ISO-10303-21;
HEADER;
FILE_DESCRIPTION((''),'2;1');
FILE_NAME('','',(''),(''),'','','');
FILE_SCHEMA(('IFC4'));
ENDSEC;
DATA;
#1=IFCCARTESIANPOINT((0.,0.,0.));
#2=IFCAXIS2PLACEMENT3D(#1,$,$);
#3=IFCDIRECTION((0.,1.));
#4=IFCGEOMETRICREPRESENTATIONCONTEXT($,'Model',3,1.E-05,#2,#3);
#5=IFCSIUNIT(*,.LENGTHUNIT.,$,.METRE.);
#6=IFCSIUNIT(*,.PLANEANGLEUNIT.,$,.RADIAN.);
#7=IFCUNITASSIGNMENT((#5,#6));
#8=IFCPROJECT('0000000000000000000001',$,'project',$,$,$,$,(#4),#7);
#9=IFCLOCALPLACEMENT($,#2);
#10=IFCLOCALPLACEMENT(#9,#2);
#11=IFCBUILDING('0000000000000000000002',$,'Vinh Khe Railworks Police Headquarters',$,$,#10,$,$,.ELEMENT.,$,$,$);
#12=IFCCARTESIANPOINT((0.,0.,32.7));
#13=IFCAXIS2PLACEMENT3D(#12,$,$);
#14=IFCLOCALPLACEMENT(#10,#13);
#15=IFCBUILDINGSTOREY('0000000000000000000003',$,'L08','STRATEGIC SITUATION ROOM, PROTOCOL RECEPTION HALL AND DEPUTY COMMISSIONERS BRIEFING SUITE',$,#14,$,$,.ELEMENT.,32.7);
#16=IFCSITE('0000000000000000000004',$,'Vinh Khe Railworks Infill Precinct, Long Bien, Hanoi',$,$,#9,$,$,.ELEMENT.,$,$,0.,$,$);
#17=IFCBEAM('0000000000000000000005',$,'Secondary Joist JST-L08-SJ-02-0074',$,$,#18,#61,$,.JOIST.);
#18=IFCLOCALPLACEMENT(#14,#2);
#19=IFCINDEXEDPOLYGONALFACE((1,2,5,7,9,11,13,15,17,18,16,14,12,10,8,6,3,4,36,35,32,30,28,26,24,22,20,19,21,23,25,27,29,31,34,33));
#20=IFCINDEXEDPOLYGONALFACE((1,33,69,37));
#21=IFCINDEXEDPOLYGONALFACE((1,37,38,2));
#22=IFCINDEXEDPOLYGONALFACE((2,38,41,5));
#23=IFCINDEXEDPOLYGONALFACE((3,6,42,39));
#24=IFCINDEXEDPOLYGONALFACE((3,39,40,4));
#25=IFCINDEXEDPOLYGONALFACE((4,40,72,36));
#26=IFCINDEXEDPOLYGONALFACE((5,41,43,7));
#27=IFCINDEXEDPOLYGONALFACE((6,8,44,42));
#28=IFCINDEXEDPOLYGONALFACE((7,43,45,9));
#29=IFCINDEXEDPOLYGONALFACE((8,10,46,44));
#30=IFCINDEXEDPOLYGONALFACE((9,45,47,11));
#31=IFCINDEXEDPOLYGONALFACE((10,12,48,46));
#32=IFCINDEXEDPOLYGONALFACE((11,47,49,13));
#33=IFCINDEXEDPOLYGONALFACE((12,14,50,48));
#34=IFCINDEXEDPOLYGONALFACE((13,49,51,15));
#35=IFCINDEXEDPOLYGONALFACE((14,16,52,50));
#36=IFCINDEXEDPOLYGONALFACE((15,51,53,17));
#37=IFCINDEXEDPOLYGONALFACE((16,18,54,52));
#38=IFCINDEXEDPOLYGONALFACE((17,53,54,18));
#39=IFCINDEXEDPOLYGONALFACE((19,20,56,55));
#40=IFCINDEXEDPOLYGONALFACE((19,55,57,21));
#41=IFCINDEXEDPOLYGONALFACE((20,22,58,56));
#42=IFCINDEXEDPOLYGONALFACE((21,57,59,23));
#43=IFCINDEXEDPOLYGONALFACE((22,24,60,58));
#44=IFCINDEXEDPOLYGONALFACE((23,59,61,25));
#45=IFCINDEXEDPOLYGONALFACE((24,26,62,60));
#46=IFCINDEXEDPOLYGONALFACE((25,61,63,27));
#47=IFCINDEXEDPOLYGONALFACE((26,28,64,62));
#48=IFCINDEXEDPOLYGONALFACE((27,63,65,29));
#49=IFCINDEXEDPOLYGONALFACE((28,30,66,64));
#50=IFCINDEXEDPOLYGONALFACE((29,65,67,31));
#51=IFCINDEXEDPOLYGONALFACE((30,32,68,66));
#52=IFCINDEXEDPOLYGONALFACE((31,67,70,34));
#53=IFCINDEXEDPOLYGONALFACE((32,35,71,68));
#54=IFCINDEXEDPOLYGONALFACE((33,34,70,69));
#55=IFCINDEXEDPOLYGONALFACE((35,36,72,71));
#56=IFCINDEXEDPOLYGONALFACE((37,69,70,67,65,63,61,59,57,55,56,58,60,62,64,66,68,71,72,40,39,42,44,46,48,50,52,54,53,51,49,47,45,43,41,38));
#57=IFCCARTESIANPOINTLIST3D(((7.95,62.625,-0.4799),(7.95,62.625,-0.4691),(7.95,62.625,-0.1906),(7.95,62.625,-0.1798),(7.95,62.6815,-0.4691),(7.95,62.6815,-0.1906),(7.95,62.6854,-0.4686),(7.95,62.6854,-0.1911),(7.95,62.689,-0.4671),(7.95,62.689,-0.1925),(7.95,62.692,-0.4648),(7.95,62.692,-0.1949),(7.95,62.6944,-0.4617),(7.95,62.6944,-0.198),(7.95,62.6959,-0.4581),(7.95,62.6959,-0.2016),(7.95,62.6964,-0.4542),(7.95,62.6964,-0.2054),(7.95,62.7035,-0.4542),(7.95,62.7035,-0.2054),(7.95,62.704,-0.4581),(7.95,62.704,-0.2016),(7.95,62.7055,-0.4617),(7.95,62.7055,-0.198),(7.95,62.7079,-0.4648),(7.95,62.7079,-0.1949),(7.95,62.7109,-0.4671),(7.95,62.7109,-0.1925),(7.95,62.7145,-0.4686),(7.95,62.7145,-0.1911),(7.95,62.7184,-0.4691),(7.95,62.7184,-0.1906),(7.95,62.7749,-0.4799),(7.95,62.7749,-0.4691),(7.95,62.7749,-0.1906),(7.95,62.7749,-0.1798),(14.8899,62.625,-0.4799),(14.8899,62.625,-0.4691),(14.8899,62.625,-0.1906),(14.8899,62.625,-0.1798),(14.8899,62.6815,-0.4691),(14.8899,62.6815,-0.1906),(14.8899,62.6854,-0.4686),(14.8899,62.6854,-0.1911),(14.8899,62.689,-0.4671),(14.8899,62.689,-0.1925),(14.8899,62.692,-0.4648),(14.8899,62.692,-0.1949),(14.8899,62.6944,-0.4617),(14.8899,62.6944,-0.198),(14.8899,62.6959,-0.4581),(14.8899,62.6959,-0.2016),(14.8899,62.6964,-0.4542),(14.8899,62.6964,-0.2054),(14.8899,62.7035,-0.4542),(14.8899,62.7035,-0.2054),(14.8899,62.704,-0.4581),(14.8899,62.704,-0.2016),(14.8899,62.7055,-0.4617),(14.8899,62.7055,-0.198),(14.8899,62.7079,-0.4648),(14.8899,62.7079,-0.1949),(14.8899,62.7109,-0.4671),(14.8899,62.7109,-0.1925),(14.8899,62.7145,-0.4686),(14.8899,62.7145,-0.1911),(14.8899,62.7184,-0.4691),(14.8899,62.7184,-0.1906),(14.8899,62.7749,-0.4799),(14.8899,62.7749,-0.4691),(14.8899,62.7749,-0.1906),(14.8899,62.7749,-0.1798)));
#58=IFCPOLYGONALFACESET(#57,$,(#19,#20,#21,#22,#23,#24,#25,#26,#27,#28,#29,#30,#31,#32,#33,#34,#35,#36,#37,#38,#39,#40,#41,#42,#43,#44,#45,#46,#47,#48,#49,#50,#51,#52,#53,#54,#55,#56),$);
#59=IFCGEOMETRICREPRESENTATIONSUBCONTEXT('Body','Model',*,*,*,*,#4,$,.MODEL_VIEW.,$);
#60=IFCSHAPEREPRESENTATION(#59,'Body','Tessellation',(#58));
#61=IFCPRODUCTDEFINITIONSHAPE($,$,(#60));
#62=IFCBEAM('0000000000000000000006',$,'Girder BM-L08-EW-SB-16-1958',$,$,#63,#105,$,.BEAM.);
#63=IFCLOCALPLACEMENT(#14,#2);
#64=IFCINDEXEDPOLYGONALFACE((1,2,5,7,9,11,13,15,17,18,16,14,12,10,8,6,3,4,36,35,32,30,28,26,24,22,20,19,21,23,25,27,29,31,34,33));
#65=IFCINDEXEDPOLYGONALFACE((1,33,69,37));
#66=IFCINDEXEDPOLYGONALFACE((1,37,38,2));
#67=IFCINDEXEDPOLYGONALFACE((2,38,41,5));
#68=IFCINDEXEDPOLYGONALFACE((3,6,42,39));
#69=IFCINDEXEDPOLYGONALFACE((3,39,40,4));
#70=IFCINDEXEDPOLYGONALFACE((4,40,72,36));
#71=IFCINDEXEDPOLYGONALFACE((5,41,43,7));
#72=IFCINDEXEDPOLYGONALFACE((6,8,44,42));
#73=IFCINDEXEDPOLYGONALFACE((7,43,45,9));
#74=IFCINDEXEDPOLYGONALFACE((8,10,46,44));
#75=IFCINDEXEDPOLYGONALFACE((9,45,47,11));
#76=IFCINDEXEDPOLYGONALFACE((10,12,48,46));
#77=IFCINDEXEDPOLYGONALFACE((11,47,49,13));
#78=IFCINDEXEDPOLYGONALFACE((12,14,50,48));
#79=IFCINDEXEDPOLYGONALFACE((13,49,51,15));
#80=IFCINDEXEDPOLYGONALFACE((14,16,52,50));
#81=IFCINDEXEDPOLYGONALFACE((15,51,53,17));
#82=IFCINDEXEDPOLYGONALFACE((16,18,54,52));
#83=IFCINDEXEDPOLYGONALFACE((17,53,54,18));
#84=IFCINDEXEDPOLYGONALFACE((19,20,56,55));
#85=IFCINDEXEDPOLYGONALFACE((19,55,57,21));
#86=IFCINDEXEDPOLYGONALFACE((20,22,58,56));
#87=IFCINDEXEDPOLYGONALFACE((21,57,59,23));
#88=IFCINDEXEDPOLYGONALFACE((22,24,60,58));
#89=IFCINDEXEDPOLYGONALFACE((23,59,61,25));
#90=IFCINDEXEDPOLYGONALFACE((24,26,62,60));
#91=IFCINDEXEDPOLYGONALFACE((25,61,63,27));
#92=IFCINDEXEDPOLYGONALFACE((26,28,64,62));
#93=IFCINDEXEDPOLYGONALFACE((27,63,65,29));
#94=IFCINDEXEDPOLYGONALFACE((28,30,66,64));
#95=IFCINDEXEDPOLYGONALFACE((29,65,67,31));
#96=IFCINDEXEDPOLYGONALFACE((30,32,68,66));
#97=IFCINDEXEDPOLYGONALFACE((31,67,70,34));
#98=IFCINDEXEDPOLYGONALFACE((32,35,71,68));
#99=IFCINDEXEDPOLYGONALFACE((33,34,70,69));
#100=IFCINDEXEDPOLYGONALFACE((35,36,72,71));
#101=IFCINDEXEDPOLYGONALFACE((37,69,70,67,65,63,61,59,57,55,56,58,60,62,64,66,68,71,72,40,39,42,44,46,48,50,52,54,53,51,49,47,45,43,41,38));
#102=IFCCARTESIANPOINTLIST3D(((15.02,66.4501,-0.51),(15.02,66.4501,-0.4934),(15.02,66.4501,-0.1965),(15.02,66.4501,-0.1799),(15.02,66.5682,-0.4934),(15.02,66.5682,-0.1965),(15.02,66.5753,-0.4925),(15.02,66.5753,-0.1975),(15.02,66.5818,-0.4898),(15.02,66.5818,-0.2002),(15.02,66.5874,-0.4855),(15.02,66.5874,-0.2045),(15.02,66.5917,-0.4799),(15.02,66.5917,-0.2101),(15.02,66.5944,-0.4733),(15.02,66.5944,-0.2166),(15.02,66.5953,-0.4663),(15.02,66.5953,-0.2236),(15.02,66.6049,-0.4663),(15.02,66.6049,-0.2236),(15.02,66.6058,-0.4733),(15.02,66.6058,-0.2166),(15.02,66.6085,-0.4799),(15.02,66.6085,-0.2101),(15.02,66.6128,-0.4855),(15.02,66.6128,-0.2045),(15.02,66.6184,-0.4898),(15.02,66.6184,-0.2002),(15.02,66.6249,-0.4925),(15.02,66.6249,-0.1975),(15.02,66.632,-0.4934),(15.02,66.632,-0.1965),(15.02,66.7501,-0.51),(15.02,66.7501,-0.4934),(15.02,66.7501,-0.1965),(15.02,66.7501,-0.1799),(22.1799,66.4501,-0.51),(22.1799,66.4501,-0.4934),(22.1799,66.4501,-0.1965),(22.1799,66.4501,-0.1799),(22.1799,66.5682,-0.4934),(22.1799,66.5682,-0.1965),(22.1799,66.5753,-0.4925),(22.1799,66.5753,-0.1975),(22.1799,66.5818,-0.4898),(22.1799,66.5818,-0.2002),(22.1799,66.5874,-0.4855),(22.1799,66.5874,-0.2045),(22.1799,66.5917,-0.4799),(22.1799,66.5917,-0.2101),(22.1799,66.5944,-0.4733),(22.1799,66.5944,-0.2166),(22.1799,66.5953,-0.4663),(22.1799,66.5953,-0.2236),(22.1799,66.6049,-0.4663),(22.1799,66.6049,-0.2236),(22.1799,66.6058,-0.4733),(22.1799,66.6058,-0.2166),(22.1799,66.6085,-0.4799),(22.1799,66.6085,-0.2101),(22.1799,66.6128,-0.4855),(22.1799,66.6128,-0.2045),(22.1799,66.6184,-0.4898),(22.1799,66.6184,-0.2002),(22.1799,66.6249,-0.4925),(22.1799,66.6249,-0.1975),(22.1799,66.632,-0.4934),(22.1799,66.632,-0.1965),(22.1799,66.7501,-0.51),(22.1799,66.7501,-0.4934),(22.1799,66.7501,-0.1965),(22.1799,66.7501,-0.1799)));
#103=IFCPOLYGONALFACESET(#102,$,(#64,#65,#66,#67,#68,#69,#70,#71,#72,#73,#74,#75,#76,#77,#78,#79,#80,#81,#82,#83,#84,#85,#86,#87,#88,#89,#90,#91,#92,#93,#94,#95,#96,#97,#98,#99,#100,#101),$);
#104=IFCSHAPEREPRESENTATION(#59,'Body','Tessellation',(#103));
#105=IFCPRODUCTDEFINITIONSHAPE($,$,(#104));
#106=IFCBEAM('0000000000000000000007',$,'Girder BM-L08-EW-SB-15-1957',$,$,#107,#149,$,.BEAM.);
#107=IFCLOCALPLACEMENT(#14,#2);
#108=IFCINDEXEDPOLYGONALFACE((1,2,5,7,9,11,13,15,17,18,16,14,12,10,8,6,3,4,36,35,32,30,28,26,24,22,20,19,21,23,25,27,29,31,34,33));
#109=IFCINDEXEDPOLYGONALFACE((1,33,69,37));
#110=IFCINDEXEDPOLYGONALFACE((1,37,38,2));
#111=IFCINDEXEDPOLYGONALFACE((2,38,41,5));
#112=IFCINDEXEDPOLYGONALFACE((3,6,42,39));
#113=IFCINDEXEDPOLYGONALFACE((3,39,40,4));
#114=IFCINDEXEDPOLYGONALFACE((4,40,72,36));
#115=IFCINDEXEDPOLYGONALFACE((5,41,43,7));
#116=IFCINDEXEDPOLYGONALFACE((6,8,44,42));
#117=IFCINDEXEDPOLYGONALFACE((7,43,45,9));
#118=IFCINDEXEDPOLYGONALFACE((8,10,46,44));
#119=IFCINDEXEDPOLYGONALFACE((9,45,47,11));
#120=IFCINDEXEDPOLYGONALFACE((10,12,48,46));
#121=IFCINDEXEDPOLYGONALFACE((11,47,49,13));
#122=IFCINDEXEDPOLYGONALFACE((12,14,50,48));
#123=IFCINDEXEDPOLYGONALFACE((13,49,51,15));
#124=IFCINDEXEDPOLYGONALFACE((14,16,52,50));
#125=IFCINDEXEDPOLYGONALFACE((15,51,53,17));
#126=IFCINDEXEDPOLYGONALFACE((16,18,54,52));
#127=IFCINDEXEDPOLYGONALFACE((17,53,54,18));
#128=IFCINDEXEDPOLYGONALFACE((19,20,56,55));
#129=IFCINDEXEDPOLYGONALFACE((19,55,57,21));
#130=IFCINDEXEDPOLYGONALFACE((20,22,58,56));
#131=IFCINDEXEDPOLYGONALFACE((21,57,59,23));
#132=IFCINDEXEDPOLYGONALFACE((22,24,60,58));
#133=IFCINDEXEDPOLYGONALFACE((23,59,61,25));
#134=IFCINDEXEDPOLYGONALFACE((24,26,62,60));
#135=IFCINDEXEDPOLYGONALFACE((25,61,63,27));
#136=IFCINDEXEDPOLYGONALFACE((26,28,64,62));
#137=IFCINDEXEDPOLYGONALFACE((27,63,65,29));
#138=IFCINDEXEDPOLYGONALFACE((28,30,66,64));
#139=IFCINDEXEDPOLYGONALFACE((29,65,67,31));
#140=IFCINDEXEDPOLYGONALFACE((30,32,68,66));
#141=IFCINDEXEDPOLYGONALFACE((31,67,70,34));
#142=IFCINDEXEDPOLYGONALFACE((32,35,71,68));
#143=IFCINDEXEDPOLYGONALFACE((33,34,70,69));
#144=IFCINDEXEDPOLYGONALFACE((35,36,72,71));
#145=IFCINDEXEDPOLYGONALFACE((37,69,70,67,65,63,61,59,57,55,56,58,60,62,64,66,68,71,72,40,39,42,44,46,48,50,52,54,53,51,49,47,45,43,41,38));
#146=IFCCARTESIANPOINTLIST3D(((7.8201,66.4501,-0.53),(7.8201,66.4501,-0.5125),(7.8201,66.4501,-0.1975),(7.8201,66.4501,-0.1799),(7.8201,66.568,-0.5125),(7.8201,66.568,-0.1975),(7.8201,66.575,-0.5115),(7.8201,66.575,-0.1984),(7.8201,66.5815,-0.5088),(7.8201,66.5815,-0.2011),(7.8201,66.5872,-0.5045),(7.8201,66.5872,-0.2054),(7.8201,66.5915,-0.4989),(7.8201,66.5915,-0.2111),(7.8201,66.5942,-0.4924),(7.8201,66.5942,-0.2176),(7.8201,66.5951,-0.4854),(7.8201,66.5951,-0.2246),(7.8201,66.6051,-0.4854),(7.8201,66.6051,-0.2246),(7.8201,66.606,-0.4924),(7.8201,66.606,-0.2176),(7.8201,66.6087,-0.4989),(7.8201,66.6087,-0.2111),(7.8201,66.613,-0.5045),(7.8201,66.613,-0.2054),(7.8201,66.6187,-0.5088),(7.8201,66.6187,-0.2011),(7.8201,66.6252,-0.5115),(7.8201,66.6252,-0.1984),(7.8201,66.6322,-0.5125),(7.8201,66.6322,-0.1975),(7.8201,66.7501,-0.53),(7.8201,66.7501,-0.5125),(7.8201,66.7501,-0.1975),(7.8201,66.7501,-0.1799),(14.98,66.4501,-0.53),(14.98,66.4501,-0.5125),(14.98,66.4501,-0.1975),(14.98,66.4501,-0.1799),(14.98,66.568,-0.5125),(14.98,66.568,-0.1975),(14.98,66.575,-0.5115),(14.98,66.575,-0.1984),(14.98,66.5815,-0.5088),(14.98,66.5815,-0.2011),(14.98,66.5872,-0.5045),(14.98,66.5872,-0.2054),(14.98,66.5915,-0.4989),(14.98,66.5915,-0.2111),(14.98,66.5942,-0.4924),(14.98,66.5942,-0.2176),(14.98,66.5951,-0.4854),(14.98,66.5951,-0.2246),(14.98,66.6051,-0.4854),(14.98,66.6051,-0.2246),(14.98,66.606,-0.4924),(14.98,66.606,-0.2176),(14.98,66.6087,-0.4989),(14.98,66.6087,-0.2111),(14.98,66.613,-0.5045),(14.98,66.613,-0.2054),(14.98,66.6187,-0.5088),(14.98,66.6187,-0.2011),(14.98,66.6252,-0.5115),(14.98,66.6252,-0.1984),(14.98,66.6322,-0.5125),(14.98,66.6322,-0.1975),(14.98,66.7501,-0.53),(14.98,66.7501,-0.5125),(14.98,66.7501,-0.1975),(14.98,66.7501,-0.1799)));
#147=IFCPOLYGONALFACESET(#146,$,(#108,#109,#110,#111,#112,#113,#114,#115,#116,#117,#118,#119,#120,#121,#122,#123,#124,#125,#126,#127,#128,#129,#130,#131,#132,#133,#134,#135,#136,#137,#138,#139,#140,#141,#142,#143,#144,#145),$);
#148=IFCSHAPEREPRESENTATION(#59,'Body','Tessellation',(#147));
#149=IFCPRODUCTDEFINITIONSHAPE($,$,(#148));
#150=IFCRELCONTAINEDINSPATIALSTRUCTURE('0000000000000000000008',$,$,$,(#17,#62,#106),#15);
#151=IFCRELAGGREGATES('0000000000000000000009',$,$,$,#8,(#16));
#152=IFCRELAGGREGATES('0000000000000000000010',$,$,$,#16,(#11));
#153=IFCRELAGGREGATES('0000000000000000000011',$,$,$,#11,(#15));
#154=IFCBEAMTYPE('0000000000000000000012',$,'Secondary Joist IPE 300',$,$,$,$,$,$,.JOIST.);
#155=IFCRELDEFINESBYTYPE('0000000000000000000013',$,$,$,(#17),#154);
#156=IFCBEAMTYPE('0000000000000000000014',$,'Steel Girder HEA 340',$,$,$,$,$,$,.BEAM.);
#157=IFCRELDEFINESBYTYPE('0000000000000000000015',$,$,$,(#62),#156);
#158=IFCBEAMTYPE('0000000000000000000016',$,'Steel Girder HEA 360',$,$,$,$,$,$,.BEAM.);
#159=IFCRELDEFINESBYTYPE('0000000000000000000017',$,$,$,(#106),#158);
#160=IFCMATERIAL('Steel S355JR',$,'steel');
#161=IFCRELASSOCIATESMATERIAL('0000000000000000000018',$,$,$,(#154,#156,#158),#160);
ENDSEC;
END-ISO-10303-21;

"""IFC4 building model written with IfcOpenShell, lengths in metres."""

from ifc_helpers import new_model, si_unit, direction, frame, origin, origin_2d, place, context, subcontext, project, spatial, i_section, extrude, material, material_profile, profile_set, type_object, element, save


model = new_model("IFC4")

# Units and contexts
model_context = context("Model", 3, precision=1e-05, world=origin(), true_north=direction((0.0, 1.0)))
body_context = subcontext(model_context, "Body", "Model", "MODEL_VIEW")
ifc_project = project(units=[si_unit("LENGTHUNIT", "METRE"), si_unit("PLANEANGLEUNIT", "RADIAN")], contexts=[model_context])

# Site, building, storey
site_placement = place(None, origin())
site = spatial("IfcSite", under=ifc_project, at=site_placement, Name="Vinh Khe Railworks Infill Precinct, Long Bien, Hanoi", CompositionType="ELEMENT", RefElevation=0.0)
building_placement = place(site_placement, origin())
building = spatial("IfcBuilding", under=site, at=building_placement, Name="Vinh Khe Railworks Police Headquarters", CompositionType="ELEMENT")
storey_placement = place(building_placement, frame((0.0, 0.0, 32.7)))
storey = spatial("IfcBuildingStorey", under=building, at=storey_placement, Name="L08", Description="STRATEGIC SITUATION ROOM, PROTOCOL RECEPTION HALL AND DEPUTY COMMISSIONERS BRIEFING SUITE", CompositionType="ELEMENT", Elevation=32.7)

# Shared definitions
ifc_material_1 = material(Name="Steel S355JR", Category="steel")

# Beams
ifc_material_profile_1 = material_profile(ifc_material_1, i_section(OverallWidth=0.1499, OverallDepth=0.3, WebThickness=0.0071, FlangeThickness=0.0107, FilletRadius=0.0149, at=origin_2d()), Name="IPE 300")
ifc_profile_set_1 = profile_set([ifc_material_profile_1], Name="Steel S355JR")
beam_type_1 = type_object("IfcBeamType", Name="Secondary Joist IPE 300", PredefinedType="JOIST", material=ifc_profile_set_1)
beam_1_placement = place(storey_placement, frame((7.95, 62.7, -0.3298), z_axis=(1.0, 0.0, 0.0), x_axis=(0.0, 1.0, 0.0)))
element("IfcBeam", 1, at=beam_1_placement, inside=storey, type_object=beam_type_1, Name="Secondary Joist JST-L08-SJ-02-0074", PredefinedType="JOIST", context=body_context, shape_type="SweptSolid", body=[
    extrude(i_section(OverallWidth=0.1499, OverallDepth=0.3, WebThickness=0.0071, FlangeThickness=0.0107, FilletRadius=0.0149, at=origin_2d()), origin(), (0.0, 0.0, 1.0), 6.9399),
])
ifc_material_profile_2 = material_profile(ifc_material_1, i_section(OverallWidth=0.3, OverallDepth=0.3301, WebThickness=0.0095, FlangeThickness=0.0166, FilletRadius=0.0271, at=origin_2d()), Name="HEA 340")
ifc_profile_set_2 = profile_set([ifc_material_profile_2], Name="Steel S355JR")
beam_type_2 = type_object("IfcBeamType", Name="Steel Girder HEA 340", PredefinedType="BEAM", material=ifc_profile_set_2)
beam_2_placement = place(storey_placement, frame((15.02, 66.6001, -0.345), z_axis=(1.0, 0.0, 0.0), x_axis=(0.0, 1.0, 0.0)))
element("IfcBeam", 2, at=beam_2_placement, inside=storey, type_object=beam_type_2, Name="Girder BM-L08-EW-SB-16-1958", PredefinedType="BEAM", context=body_context, shape_type="SweptSolid", body=[
    extrude(i_section(OverallWidth=0.3, OverallDepth=0.3301, WebThickness=0.0095, FlangeThickness=0.0166, FilletRadius=0.0271, at=origin_2d()), origin(), (0.0, 0.0, 1.0), 7.1599),
])
ifc_material_profile_3 = material_profile(ifc_material_1, i_section(OverallWidth=0.3, OverallDepth=0.3501, WebThickness=0.01, FlangeThickness=0.0176, FilletRadius=0.0271, at=origin_2d()), Name="HEA 360")
ifc_profile_set_3 = profile_set([ifc_material_profile_3], Name="Steel S355JR")
beam_type_3 = type_object("IfcBeamType", Name="Steel Girder HEA 360", PredefinedType="BEAM", material=ifc_profile_set_3)
beam_3_placement = place(storey_placement, frame((7.8201, 66.6001, -0.355), z_axis=(1.0, 0.0, 0.0), x_axis=(0.0, 1.0, 0.0)))
element("IfcBeam", 3, at=beam_3_placement, inside=storey, type_object=beam_type_3, Name="Girder BM-L08-EW-SB-15-1957", PredefinedType="BEAM", context=body_context, shape_type="SweptSolid", body=[
    extrude(i_section(OverallWidth=0.3, OverallDepth=0.3501, WebThickness=0.01, FlangeThickness=0.0176, FilletRadius=0.0271, at=origin_2d()), origin(), (0.0, 0.0, 1.0), 7.1599),
])

save(model, "model.ifc")
